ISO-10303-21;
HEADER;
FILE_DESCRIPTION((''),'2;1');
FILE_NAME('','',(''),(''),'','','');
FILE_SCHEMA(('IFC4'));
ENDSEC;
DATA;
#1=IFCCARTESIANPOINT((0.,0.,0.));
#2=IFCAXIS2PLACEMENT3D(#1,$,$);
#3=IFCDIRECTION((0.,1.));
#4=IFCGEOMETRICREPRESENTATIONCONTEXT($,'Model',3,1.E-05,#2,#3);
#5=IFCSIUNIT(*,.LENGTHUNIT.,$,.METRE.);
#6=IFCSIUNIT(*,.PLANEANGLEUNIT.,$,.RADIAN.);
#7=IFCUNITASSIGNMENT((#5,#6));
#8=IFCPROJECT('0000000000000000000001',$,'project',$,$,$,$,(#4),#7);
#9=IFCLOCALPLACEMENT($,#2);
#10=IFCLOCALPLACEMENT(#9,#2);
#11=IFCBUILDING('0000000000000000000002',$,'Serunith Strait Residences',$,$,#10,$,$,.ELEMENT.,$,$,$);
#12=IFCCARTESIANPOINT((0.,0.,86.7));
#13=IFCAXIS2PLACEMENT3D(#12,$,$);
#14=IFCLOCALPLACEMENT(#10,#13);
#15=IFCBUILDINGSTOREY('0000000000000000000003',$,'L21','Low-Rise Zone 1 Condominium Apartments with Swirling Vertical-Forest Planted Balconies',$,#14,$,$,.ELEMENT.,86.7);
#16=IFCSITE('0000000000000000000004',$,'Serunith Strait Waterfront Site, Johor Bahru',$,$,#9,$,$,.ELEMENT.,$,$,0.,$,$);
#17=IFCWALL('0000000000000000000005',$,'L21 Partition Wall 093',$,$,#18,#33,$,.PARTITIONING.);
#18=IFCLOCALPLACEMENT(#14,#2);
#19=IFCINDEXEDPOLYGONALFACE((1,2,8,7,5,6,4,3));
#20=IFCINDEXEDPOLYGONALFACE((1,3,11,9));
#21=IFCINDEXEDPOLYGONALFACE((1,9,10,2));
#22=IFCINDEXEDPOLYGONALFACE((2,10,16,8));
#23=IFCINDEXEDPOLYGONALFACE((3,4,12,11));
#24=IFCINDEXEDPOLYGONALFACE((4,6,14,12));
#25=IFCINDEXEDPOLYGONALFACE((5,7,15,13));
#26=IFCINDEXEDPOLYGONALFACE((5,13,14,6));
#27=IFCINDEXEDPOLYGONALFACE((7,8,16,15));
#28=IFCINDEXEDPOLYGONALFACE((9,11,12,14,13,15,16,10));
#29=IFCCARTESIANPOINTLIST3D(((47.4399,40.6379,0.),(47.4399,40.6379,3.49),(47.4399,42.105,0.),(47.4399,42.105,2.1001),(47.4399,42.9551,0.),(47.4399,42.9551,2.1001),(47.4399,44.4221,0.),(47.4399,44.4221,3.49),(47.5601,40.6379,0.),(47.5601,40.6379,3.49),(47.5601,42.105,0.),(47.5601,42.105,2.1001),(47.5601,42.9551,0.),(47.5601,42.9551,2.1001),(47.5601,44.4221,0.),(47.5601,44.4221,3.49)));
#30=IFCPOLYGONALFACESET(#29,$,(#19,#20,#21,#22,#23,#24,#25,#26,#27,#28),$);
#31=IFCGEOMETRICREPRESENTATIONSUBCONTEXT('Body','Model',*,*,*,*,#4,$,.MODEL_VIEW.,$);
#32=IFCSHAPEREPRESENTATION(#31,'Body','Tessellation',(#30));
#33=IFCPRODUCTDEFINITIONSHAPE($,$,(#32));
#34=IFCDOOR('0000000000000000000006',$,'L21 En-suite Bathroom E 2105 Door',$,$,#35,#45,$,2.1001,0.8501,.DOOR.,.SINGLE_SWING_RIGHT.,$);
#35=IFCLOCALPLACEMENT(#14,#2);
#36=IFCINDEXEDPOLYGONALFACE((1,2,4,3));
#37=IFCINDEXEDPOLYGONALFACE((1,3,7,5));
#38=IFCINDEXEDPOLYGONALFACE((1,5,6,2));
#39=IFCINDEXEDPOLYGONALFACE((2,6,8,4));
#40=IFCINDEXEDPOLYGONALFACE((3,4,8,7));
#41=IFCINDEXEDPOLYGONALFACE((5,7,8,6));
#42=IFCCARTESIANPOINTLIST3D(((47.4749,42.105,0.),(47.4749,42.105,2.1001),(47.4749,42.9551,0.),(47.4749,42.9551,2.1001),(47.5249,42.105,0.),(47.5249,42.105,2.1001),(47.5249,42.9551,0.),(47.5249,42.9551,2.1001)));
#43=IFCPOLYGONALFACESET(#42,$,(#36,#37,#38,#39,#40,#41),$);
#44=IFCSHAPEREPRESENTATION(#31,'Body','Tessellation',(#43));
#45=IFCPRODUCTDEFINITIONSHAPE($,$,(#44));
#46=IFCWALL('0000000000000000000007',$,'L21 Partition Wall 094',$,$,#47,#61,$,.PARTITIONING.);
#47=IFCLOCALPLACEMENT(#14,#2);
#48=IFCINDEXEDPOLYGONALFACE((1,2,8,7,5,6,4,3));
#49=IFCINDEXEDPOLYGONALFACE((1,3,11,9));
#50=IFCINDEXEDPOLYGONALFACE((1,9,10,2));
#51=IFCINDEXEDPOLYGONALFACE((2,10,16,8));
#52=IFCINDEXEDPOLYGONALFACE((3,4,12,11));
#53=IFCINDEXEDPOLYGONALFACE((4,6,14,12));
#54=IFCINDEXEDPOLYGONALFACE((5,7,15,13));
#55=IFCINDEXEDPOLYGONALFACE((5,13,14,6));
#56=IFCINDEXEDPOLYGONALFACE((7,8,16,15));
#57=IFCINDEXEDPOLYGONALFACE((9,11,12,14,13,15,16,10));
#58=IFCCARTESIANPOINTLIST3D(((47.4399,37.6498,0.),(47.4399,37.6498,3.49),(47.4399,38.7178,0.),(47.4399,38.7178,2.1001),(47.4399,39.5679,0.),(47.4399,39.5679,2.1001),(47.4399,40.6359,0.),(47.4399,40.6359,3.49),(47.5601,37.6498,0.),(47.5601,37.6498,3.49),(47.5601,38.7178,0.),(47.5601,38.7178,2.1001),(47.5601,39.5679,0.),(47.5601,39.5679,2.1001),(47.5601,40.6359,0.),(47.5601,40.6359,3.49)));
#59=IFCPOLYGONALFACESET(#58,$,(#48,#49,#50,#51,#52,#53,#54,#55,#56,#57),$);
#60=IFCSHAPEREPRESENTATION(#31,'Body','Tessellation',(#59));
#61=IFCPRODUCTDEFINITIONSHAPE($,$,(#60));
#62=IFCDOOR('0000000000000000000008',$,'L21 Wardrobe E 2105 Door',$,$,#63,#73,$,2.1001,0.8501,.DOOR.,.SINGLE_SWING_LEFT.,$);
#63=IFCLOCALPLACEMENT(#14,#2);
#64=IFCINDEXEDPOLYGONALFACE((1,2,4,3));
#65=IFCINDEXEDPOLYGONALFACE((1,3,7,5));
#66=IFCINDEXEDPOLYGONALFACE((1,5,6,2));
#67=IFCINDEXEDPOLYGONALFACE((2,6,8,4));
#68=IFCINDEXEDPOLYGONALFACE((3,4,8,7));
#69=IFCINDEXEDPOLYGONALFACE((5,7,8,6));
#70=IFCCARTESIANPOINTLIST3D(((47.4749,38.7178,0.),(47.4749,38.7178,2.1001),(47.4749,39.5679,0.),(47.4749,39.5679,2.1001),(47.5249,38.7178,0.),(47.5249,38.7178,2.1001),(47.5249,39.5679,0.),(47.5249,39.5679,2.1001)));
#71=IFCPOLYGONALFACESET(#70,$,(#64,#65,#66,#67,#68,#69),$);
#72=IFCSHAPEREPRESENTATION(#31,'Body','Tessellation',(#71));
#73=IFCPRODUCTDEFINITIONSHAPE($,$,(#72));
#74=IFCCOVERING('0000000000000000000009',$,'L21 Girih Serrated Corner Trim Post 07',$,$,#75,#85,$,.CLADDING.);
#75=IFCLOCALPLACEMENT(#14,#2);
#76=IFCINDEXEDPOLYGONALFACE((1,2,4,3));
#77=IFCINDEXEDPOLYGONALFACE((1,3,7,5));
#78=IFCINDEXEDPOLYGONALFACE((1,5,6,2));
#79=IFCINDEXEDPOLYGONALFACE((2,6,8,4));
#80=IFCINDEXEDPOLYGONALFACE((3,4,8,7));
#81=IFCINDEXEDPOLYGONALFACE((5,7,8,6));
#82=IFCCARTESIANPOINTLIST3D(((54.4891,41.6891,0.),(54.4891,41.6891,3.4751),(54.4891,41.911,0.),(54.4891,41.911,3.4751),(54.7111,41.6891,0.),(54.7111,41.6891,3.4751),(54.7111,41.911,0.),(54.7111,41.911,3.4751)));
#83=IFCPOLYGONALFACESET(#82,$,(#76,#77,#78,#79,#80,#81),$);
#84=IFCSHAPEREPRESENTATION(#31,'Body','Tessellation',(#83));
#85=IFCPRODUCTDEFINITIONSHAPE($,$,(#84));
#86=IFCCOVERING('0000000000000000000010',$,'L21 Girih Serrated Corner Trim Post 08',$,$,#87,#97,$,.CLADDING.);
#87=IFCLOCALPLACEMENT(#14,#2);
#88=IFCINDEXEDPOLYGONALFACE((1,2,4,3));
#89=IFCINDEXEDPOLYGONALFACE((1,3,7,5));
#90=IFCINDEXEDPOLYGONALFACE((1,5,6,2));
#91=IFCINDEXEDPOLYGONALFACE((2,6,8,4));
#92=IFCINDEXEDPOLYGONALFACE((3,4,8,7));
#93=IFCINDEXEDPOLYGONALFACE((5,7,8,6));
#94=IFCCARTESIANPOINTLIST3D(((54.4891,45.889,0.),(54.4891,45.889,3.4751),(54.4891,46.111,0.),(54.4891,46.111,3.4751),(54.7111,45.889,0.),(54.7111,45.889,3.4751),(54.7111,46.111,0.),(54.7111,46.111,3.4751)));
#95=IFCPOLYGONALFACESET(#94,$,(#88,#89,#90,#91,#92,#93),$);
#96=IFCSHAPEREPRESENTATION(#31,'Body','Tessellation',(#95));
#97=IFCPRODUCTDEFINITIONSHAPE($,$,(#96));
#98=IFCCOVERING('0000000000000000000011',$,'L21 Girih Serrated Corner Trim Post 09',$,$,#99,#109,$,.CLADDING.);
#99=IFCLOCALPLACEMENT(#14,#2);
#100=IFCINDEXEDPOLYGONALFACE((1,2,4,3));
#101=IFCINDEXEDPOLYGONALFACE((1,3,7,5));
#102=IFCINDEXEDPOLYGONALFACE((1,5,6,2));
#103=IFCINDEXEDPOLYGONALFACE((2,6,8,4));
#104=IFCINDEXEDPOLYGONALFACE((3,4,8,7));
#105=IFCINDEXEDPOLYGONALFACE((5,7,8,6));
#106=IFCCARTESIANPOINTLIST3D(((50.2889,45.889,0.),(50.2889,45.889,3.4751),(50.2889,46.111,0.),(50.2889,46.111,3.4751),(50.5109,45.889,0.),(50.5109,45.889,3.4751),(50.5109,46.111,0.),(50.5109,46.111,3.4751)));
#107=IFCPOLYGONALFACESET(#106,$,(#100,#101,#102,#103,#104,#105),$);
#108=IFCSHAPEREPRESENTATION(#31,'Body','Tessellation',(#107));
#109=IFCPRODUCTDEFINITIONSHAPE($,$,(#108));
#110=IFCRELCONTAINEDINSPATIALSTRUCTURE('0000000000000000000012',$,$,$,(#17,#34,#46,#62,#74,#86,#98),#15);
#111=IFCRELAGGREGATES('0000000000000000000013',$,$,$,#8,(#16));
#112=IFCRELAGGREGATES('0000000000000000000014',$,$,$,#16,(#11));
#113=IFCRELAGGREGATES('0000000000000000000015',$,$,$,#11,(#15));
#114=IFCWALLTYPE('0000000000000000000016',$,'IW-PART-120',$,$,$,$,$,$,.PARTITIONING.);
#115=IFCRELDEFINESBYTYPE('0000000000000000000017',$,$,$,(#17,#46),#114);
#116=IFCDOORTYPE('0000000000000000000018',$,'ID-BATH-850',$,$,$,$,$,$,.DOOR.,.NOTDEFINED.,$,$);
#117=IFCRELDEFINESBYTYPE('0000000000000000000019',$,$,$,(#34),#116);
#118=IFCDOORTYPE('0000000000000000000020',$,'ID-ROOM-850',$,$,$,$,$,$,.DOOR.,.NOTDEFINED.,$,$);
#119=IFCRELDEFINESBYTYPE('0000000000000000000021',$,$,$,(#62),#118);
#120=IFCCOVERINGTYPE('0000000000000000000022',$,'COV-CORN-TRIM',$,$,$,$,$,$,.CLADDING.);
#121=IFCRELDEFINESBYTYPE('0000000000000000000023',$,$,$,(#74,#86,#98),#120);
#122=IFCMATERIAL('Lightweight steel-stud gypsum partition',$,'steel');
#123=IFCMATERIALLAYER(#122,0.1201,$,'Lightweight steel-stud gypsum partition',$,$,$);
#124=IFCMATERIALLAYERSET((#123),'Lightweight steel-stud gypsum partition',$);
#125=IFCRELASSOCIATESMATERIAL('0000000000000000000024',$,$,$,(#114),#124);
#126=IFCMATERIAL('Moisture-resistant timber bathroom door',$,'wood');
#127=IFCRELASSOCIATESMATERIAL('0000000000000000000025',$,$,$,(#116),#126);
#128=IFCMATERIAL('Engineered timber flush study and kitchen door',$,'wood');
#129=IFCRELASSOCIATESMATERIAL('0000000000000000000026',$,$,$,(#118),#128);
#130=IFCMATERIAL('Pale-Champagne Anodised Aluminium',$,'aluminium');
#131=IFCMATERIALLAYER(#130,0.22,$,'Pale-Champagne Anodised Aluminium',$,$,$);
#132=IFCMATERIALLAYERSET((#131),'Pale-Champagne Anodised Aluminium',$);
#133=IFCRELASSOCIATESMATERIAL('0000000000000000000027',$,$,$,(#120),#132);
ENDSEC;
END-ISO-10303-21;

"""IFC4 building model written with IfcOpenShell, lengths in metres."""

from ifc_helpers import new_model, si_unit, direction, frame, frame_2d, origin, origin_2d, place, context, subcontext, project, spatial, rectangle, extrude, source, transform, mapped, material, layer, layer_set, type_object, element, fill, save


model = new_model("IFC4")

# Units and contexts
model_context = context("Model", 3, precision=1e-05, world=origin(), true_north=direction((0.0, 1.0)))
body_context = subcontext(model_context, "Body", "Model", "MODEL_VIEW")
ifc_project = project(units=[si_unit("LENGTHUNIT", "METRE"), si_unit("PLANEANGLEUNIT", "RADIAN")], contexts=[model_context])

# Site, building, storey
site_placement = place(None, origin())
site = spatial("IfcSite", under=ifc_project, at=site_placement, Name="Serunith Strait Waterfront Site, Johor Bahru", CompositionType="ELEMENT", RefElevation=0.0)
building_placement = place(site_placement, origin())
building = spatial("IfcBuilding", under=site, at=building_placement, Name="Serunith Strait Residences", CompositionType="ELEMENT")
storey_placement = place(building_placement, frame((0.0, 0.0, 86.7)))
storey = spatial("IfcBuildingStorey", under=building, at=storey_placement, Name="L21", Description="Low-Rise Zone 1 Condominium Apartments with Swirling Vertical-Forest Planted Balconies", CompositionType="ELEMENT", Elevation=86.7)

# Shared definitions
ifc_material_1 = material(Name="Pale-Champagne Anodised Aluminium", Category="aluminium")

# Shared definitions
ifc_material_2 = material(Name="Lightweight steel-stud gypsum partition", Category="steel")
ifc_layer_1 = layer(ifc_material_2, 0.1201, Name="Lightweight steel-stud gypsum partition")
ifc_layer_set_1 = layer_set([ifc_layer_1], Name="Lightweight steel-stud gypsum partition")
wall_type_1 = type_object("IfcWallType", Name="IW-PART-120", PredefinedType="PARTITIONING", material=ifc_layer_set_1)

# Walls, openings, doors
wall_1_placement = place(storey_placement, frame((47.5, 44.4221, 0.0), z_axis=(0.0, 0.0, 1.0), x_axis=(0.0, -1.0, 0.0)))
wall_1 = element("IfcWall", 1, at=wall_1_placement, inside=storey, type_object=wall_type_1, Name="L21 Partition Wall 093", PredefinedType="PARTITIONING", context=body_context, shape_type="SweptSolid", body=[
    extrude(rectangle(XDim=3.7842, YDim=0.1201, at=frame_2d((1.8921, 0.0))), origin(), (0.0, 0.0, 1.0), 3.49),
])
opening_1_placement = place(wall_1_placement, frame((1.467, 0.0, 0.0)))
opening_1 = element("IfcOpeningElement", 2, at=opening_1_placement, cuts=wall_1, PredefinedType="OPENING", context=body_context, shape_type="SweptSolid", body=[
    extrude(rectangle(XDim=0.8501, YDim=2.1001, at=frame_2d((0.425, 1.05))), frame((0.0, 0.0701, 0.0), z_axis=(0.0, -1.0, 0.0), x_axis=(1.0, 0.0, 0.0)), (0.0, 0.0, 1.0), 0.1401),
])
ifc_material_3 = material(Name="Moisture-resistant timber bathroom door", Category="wood")
door_type_1 = type_object("IfcDoorType", Name="ID-BATH-850", OperationType="NOTDEFINED", PredefinedType="DOOR", material=ifc_material_3)
shared_shape_1 = source(origin(), body_context, "Body", "SweptSolid", [
    extrude(rectangle(XDim=0.8501, YDim=2.1001, at=frame_2d((0.425, 1.05))), frame((0.0, 0.0249, 0.0), z_axis=(0.0, -1.0, 0.0), x_axis=(1.0, 0.0, 0.0)), (0.0, 0.0, 1.0), 0.05),
])
door_1_placement = place(opening_1_placement, origin())
door_1 = element("IfcDoor", 3, at=door_1_placement, inside=storey, type_object=door_type_1, Name="L21 En-suite Bathroom E 2105 Door", OperationType="SINGLE_SWING_RIGHT", OverallHeight=2.1001, OverallWidth=0.8501, PredefinedType="DOOR", context=body_context, shape_type="MappedRepresentation", body=[
    mapped(shared_shape_1, transform((0.0, 0.0, 0.0), scale=1.0)),
])
fill(opening_1, door_1)
wall_2_placement = place(storey_placement, frame((47.5, 40.636, 0.0), z_axis=(0.0, 0.0, 1.0), x_axis=(0.0, -1.0, 0.0)))
wall_2 = element("IfcWall", 4, at=wall_2_placement, inside=storey, type_object=wall_type_1, Name="L21 Partition Wall 094", PredefinedType="PARTITIONING", context=body_context, shape_type="SweptSolid", body=[
    extrude(rectangle(XDim=2.9861, YDim=0.1201, at=frame_2d((1.4932, 0.0))), origin(), (0.0, 0.0, 1.0), 3.49),
])
opening_2_placement = place(wall_2_placement, frame((1.0681, 0.0, 0.0)))
opening_2 = element("IfcOpeningElement", 5, at=opening_2_placement, cuts=wall_2, PredefinedType="OPENING", context=body_context, shape_type="SweptSolid", body=[
    extrude(rectangle(XDim=0.8501, YDim=2.1001, at=frame_2d((0.425, 1.05))), frame((0.0, 0.0701, 0.0), z_axis=(0.0, -1.0, 0.0), x_axis=(1.0, 0.0, 0.0)), (0.0, 0.0, 1.0), 0.1401),
])
ifc_material_4 = material(Name="Engineered timber flush study and kitchen door", Category="wood")
door_type_2 = type_object("IfcDoorType", Name="ID-ROOM-850", OperationType="NOTDEFINED", PredefinedType="DOOR", material=ifc_material_4)
door_2_placement = place(opening_2_placement, origin())
door_2 = element("IfcDoor", 6, at=door_2_placement, inside=storey, type_object=door_type_2, Name="L21 Wardrobe E 2105 Door", OperationType="SINGLE_SWING_LEFT", OverallHeight=2.1001, OverallWidth=0.8501, PredefinedType="DOOR", context=body_context, shape_type="MappedRepresentation", body=[
    mapped(shared_shape_1, transform((0.0, 0.0, 0.0), scale=1.0)),
])
fill(opening_2, door_2)

# Coverings
ifc_layer_2 = layer(ifc_material_1, 0.22, Name="Pale-Champagne Anodised Aluminium")
ifc_layer_set_2 = layer_set([ifc_layer_2], Name="Pale-Champagne Anodised Aluminium")
covering_type = type_object("IfcCoveringType", Name="COV-CORN-TRIM", PredefinedType="CLADDING", material=ifc_layer_set_2)
shared_shape_2 = source(origin(), body_context, "Body", "SweptSolid", [
    extrude(rectangle(XDim=0.2219, YDim=0.2219, at=origin_2d()), origin(), (0.0, 0.0, 1.0), 3.4751),
])
for number, where, z_axis, x_axis, name in (
    (7, (54.6001, 41.8, 0.0), (0.0, 0.0, 1.0), (1.0, 0.0, 0.0), "L21 Girih Serrated Corner Trim Post 07"),
    (8, (54.6001, 46.0, 0.0), (0.0, 0.0, 1.0), (1.0, 0.0, 0.0), "L21 Girih Serrated Corner Trim Post 08"),
    (9, (50.3999, 46.0, 0.0), (0.0, 0.0, 1.0), (1.0, 0.0, 0.0), "L21 Girih Serrated Corner Trim Post 09"),
):
    element("IfcCovering", number, at=place(storey_placement, frame(where, z_axis=z_axis, x_axis=x_axis)), inside=storey, type_object=covering_type, Name=name, PredefinedType="CLADDING", context=body_context, shape_type="MappedRepresentation", body=[
        mapped(shared_shape_2, transform((0.0, 0.0, 0.0), scale=1.0)),
    ])

save(model, "model.ifc")
